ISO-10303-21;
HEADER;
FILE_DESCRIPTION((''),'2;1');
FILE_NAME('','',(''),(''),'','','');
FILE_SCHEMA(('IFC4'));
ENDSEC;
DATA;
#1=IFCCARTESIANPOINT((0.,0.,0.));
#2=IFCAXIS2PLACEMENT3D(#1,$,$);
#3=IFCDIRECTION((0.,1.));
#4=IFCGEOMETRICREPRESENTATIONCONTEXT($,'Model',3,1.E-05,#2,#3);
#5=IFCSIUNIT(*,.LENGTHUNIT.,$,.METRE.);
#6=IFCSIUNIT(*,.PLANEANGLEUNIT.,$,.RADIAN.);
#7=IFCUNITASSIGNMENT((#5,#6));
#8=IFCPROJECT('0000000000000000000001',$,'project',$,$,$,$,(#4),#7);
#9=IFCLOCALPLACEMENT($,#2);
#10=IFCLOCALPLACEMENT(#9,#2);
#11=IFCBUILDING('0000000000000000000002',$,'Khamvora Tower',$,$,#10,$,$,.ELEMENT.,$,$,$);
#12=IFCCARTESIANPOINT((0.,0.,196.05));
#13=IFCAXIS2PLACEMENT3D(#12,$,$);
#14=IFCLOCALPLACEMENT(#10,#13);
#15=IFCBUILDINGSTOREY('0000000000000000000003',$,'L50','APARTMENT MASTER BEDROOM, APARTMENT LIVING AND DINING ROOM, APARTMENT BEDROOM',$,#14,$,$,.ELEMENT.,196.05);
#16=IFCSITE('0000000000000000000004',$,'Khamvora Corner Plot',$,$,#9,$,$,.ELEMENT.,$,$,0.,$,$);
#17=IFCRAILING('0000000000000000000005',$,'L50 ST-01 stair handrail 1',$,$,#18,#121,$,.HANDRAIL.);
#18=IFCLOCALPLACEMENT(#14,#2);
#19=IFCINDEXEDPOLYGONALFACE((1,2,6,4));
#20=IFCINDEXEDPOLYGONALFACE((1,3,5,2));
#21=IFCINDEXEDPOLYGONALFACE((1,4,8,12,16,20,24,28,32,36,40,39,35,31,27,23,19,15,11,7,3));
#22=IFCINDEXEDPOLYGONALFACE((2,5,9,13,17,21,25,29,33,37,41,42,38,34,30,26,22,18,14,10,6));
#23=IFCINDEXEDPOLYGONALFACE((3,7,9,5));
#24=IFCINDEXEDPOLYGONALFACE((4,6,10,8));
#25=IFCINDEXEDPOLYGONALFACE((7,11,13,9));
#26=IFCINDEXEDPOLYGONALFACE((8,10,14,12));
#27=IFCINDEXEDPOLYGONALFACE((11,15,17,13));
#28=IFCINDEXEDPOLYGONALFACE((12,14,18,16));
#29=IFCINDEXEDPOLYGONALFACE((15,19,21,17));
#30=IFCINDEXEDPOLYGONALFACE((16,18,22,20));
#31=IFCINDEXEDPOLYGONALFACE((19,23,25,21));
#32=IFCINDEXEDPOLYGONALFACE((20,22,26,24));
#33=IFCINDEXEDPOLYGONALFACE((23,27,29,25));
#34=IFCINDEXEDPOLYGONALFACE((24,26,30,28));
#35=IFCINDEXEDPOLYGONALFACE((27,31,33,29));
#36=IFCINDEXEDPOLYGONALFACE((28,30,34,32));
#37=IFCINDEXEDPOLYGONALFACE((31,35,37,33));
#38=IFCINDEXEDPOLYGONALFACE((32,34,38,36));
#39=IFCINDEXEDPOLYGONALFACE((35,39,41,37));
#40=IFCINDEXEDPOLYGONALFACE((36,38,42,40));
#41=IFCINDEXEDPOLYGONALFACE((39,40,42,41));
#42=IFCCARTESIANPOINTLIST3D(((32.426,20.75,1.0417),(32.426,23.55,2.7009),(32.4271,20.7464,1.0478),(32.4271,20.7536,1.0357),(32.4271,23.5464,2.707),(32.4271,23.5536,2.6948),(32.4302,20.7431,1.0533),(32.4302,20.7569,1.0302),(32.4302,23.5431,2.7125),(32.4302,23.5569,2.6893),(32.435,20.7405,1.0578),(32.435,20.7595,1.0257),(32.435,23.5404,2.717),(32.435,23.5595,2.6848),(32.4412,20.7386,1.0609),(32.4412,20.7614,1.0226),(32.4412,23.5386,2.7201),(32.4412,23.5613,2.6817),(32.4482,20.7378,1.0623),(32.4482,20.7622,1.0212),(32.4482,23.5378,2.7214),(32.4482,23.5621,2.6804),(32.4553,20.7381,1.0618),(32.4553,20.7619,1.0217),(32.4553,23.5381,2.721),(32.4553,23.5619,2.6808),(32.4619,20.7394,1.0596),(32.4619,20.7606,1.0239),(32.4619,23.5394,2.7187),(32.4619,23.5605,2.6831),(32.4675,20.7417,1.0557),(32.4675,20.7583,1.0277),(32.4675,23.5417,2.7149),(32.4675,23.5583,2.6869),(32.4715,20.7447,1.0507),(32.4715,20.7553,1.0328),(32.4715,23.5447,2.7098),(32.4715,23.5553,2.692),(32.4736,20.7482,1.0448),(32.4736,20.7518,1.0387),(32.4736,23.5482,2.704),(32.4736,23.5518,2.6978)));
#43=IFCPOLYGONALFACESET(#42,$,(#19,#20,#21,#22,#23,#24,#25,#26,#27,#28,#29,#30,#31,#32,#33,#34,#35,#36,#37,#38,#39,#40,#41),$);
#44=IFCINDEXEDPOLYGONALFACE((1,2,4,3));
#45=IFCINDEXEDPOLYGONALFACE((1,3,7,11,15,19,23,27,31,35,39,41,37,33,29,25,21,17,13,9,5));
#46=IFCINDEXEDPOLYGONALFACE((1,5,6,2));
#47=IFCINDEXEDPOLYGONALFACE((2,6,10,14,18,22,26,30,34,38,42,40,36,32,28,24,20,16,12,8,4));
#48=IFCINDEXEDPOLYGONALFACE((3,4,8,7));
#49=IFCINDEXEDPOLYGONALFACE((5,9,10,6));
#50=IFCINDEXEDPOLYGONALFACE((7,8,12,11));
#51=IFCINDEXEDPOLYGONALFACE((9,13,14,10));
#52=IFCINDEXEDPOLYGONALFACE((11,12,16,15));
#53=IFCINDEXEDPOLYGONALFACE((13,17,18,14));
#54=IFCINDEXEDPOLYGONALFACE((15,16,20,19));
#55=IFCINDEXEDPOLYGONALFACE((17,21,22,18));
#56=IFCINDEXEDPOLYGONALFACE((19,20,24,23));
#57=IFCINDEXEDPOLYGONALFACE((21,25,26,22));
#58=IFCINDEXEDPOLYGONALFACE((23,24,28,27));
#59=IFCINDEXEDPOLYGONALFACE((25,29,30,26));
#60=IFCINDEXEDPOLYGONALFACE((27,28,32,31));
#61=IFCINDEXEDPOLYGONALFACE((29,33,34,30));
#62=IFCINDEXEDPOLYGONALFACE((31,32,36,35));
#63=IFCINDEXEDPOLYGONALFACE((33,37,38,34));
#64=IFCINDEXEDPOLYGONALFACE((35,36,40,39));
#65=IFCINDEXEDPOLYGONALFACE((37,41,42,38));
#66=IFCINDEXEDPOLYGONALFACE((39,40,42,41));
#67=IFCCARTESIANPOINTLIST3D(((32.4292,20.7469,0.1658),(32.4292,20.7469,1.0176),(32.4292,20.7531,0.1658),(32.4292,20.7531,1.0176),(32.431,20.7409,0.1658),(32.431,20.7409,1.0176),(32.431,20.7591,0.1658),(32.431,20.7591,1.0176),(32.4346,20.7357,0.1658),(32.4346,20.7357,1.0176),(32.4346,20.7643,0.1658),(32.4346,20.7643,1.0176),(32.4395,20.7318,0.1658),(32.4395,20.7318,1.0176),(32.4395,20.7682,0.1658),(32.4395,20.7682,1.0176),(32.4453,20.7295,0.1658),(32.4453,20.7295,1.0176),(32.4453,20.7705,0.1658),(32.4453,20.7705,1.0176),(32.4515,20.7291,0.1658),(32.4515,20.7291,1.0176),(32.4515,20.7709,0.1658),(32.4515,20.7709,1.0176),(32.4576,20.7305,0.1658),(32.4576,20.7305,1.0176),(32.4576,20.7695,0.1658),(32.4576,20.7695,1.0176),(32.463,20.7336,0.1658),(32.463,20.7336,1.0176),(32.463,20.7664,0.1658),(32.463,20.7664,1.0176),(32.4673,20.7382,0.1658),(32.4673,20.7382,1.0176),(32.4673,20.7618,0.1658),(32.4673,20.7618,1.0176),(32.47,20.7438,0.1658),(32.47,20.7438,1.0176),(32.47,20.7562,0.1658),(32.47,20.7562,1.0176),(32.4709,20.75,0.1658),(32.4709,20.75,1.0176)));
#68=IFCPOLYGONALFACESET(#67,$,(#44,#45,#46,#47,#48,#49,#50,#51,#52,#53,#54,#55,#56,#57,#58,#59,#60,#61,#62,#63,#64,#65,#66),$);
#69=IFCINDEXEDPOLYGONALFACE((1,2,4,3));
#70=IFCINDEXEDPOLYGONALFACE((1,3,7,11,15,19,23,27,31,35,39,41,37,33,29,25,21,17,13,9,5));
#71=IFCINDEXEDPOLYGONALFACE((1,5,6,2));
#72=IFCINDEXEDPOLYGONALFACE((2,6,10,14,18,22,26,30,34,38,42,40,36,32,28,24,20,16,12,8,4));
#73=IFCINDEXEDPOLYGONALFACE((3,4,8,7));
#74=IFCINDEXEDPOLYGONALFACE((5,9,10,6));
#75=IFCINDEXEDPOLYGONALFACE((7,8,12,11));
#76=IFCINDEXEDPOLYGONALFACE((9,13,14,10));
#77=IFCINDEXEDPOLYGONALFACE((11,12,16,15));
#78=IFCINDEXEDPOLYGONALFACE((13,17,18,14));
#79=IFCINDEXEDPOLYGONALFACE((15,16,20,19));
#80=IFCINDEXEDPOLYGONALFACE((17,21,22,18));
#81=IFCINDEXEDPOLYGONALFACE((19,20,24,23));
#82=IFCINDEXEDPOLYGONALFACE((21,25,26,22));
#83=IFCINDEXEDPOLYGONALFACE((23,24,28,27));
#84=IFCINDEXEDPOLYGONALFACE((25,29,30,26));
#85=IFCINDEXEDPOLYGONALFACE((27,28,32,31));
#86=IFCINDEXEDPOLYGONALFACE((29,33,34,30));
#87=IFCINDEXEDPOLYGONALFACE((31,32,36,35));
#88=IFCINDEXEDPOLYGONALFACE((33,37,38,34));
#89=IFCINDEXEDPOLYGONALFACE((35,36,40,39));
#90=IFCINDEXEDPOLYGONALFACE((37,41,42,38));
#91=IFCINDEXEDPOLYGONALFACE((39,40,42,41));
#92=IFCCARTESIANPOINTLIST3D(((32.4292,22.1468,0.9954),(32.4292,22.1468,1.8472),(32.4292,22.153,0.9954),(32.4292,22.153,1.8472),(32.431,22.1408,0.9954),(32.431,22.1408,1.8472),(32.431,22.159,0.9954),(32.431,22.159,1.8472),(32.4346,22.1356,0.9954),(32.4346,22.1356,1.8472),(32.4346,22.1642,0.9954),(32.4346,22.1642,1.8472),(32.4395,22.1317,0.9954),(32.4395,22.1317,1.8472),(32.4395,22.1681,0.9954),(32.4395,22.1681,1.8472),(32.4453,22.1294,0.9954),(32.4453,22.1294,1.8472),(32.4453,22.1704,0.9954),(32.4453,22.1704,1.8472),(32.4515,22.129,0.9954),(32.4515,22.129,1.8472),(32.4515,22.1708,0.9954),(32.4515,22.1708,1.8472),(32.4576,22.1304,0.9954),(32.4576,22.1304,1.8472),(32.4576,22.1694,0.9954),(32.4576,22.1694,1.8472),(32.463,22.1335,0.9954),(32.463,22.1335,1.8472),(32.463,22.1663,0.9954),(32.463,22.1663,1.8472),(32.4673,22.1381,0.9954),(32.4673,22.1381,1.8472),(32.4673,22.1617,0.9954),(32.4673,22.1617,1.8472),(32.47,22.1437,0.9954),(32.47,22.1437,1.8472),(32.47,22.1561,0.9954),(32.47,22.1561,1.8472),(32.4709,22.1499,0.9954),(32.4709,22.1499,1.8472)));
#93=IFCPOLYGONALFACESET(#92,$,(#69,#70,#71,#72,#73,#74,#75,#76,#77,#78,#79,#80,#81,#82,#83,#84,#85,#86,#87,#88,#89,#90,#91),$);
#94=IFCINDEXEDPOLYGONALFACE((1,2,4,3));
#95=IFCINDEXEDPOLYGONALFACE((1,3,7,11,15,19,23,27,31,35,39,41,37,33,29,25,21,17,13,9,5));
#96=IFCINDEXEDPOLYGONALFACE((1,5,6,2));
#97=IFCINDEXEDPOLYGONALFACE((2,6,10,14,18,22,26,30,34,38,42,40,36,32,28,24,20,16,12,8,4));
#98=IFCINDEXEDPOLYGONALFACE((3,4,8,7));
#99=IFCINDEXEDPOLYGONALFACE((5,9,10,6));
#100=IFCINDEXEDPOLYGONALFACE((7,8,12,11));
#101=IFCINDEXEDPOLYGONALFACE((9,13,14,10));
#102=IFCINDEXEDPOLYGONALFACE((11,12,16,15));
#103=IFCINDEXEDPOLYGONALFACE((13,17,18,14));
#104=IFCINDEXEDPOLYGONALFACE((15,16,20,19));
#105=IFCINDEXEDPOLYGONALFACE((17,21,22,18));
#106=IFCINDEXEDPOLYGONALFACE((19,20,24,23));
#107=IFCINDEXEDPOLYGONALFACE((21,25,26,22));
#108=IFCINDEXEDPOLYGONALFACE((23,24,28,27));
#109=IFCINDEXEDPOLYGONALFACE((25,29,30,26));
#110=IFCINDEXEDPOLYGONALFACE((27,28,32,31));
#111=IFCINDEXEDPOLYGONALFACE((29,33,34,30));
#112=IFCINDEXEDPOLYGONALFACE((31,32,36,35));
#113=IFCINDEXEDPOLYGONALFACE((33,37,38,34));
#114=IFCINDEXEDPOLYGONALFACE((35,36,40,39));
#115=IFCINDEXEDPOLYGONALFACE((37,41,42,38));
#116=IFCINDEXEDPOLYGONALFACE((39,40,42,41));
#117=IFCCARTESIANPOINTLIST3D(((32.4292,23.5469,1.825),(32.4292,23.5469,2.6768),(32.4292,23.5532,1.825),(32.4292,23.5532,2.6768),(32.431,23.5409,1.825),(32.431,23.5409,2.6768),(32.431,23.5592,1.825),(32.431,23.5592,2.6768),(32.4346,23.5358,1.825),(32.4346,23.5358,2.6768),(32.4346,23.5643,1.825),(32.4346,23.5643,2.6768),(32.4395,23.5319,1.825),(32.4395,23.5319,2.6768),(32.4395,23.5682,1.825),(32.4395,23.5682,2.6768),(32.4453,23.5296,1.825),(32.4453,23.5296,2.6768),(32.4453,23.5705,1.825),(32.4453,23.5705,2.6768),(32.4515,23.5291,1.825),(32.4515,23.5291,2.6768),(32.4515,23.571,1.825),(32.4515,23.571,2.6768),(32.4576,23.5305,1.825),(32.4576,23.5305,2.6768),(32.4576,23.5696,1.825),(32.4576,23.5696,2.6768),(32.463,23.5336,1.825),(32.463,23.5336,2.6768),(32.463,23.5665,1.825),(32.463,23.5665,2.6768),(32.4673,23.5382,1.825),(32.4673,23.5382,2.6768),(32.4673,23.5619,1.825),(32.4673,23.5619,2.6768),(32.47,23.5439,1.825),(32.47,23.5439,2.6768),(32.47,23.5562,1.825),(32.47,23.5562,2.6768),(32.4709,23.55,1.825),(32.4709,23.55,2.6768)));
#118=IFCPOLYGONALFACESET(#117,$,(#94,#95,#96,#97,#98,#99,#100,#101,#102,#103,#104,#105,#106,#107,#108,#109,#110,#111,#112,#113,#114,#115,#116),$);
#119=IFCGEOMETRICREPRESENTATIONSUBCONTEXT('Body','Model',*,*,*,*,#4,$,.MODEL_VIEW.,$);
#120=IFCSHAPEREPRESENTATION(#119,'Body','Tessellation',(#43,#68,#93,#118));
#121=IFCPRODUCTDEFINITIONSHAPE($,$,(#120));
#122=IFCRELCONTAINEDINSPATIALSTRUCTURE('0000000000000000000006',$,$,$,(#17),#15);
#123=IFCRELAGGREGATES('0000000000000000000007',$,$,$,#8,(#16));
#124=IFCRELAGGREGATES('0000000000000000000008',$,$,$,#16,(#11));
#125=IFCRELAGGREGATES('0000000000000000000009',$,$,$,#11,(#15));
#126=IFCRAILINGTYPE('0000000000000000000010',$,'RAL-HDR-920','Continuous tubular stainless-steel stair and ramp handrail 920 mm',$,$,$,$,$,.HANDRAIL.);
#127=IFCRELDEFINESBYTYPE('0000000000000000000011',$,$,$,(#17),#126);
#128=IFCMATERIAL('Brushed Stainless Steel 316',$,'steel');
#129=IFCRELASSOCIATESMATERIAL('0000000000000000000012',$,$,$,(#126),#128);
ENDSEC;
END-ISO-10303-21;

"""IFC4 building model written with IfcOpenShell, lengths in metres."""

from ifc_helpers import new_model, si_unit, direction, frame, origin, origin_2d, place, context, subcontext, project, spatial, circle, extrude, material, type_object, element, save


model = new_model("IFC4")

# Units and contexts
model_context = context("Model", 3, precision=1e-05, world=origin(), true_north=direction((0.0, 1.0)))
body_context = subcontext(model_context, "Body", "Model", "MODEL_VIEW")
ifc_project = project(units=[si_unit("LENGTHUNIT", "METRE"), si_unit("PLANEANGLEUNIT", "RADIAN")], contexts=[model_context])

# Site, building, storey
site_placement = place(None, origin())
site = spatial("IfcSite", under=ifc_project, at=site_placement, Name="Khamvora Corner Plot", CompositionType="ELEMENT", RefElevation=0.0)
building_placement = place(site_placement, origin())
building = spatial("IfcBuilding", under=site, at=building_placement, Name="Khamvora Tower", CompositionType="ELEMENT")
storey_placement = place(building_placement, frame((0.0, 0.0, 196.05)))
storey = spatial("IfcBuildingStorey", under=building, at=storey_placement, Name="L50", Description="APARTMENT MASTER BEDROOM, APARTMENT LIVING AND DINING ROOM, APARTMENT BEDROOM", CompositionType="ELEMENT", Elevation=196.05)

# Railing
ifc_material_1 = material(Name="Brushed Stainless Steel 316", Category="steel")
railing_type_1 = type_object("IfcRailingType", Name="RAL-HDR-920", Description="Continuous tubular stainless-steel stair and ramp handrail 920 mm", PredefinedType="HANDRAIL", material=ifc_material_1)
railing_1_placement = place(storey_placement, frame((32.45, 20.75, 0.1658)))
element("IfcRailing", 1, at=railing_1_placement, inside=storey, type_object=railing_type_1, Name="L50 ST-01 stair handrail 1", PredefinedType="HANDRAIL", context=body_context, shape_type="SweptSolid", body=[
    extrude(circle(Radius=0.0239, at=origin_2d()), frame((0.0, 0.0, 0.876), z_axis=(0.0, 0.860306, 0.509778), x_axis=(-1.0, 0.0, 0.0)), (0.0, 0.0, 1.0), 3.2546),
    extrude(circle(Radius=0.021, at=origin_2d()), origin(), (0.0, 0.0, 1.0), 0.8518),
    extrude(circle(Radius=0.021, at=origin_2d()), frame((0.0, 1.3999, 0.8296)), (0.0, 0.0, 1.0), 0.8518),
    extrude(circle(Radius=0.021, at=origin_2d()), frame((0.0, 2.8, 1.6592)), (0.0, 0.0, 1.0), 0.8518),
])

save(model, "model.ifc")
